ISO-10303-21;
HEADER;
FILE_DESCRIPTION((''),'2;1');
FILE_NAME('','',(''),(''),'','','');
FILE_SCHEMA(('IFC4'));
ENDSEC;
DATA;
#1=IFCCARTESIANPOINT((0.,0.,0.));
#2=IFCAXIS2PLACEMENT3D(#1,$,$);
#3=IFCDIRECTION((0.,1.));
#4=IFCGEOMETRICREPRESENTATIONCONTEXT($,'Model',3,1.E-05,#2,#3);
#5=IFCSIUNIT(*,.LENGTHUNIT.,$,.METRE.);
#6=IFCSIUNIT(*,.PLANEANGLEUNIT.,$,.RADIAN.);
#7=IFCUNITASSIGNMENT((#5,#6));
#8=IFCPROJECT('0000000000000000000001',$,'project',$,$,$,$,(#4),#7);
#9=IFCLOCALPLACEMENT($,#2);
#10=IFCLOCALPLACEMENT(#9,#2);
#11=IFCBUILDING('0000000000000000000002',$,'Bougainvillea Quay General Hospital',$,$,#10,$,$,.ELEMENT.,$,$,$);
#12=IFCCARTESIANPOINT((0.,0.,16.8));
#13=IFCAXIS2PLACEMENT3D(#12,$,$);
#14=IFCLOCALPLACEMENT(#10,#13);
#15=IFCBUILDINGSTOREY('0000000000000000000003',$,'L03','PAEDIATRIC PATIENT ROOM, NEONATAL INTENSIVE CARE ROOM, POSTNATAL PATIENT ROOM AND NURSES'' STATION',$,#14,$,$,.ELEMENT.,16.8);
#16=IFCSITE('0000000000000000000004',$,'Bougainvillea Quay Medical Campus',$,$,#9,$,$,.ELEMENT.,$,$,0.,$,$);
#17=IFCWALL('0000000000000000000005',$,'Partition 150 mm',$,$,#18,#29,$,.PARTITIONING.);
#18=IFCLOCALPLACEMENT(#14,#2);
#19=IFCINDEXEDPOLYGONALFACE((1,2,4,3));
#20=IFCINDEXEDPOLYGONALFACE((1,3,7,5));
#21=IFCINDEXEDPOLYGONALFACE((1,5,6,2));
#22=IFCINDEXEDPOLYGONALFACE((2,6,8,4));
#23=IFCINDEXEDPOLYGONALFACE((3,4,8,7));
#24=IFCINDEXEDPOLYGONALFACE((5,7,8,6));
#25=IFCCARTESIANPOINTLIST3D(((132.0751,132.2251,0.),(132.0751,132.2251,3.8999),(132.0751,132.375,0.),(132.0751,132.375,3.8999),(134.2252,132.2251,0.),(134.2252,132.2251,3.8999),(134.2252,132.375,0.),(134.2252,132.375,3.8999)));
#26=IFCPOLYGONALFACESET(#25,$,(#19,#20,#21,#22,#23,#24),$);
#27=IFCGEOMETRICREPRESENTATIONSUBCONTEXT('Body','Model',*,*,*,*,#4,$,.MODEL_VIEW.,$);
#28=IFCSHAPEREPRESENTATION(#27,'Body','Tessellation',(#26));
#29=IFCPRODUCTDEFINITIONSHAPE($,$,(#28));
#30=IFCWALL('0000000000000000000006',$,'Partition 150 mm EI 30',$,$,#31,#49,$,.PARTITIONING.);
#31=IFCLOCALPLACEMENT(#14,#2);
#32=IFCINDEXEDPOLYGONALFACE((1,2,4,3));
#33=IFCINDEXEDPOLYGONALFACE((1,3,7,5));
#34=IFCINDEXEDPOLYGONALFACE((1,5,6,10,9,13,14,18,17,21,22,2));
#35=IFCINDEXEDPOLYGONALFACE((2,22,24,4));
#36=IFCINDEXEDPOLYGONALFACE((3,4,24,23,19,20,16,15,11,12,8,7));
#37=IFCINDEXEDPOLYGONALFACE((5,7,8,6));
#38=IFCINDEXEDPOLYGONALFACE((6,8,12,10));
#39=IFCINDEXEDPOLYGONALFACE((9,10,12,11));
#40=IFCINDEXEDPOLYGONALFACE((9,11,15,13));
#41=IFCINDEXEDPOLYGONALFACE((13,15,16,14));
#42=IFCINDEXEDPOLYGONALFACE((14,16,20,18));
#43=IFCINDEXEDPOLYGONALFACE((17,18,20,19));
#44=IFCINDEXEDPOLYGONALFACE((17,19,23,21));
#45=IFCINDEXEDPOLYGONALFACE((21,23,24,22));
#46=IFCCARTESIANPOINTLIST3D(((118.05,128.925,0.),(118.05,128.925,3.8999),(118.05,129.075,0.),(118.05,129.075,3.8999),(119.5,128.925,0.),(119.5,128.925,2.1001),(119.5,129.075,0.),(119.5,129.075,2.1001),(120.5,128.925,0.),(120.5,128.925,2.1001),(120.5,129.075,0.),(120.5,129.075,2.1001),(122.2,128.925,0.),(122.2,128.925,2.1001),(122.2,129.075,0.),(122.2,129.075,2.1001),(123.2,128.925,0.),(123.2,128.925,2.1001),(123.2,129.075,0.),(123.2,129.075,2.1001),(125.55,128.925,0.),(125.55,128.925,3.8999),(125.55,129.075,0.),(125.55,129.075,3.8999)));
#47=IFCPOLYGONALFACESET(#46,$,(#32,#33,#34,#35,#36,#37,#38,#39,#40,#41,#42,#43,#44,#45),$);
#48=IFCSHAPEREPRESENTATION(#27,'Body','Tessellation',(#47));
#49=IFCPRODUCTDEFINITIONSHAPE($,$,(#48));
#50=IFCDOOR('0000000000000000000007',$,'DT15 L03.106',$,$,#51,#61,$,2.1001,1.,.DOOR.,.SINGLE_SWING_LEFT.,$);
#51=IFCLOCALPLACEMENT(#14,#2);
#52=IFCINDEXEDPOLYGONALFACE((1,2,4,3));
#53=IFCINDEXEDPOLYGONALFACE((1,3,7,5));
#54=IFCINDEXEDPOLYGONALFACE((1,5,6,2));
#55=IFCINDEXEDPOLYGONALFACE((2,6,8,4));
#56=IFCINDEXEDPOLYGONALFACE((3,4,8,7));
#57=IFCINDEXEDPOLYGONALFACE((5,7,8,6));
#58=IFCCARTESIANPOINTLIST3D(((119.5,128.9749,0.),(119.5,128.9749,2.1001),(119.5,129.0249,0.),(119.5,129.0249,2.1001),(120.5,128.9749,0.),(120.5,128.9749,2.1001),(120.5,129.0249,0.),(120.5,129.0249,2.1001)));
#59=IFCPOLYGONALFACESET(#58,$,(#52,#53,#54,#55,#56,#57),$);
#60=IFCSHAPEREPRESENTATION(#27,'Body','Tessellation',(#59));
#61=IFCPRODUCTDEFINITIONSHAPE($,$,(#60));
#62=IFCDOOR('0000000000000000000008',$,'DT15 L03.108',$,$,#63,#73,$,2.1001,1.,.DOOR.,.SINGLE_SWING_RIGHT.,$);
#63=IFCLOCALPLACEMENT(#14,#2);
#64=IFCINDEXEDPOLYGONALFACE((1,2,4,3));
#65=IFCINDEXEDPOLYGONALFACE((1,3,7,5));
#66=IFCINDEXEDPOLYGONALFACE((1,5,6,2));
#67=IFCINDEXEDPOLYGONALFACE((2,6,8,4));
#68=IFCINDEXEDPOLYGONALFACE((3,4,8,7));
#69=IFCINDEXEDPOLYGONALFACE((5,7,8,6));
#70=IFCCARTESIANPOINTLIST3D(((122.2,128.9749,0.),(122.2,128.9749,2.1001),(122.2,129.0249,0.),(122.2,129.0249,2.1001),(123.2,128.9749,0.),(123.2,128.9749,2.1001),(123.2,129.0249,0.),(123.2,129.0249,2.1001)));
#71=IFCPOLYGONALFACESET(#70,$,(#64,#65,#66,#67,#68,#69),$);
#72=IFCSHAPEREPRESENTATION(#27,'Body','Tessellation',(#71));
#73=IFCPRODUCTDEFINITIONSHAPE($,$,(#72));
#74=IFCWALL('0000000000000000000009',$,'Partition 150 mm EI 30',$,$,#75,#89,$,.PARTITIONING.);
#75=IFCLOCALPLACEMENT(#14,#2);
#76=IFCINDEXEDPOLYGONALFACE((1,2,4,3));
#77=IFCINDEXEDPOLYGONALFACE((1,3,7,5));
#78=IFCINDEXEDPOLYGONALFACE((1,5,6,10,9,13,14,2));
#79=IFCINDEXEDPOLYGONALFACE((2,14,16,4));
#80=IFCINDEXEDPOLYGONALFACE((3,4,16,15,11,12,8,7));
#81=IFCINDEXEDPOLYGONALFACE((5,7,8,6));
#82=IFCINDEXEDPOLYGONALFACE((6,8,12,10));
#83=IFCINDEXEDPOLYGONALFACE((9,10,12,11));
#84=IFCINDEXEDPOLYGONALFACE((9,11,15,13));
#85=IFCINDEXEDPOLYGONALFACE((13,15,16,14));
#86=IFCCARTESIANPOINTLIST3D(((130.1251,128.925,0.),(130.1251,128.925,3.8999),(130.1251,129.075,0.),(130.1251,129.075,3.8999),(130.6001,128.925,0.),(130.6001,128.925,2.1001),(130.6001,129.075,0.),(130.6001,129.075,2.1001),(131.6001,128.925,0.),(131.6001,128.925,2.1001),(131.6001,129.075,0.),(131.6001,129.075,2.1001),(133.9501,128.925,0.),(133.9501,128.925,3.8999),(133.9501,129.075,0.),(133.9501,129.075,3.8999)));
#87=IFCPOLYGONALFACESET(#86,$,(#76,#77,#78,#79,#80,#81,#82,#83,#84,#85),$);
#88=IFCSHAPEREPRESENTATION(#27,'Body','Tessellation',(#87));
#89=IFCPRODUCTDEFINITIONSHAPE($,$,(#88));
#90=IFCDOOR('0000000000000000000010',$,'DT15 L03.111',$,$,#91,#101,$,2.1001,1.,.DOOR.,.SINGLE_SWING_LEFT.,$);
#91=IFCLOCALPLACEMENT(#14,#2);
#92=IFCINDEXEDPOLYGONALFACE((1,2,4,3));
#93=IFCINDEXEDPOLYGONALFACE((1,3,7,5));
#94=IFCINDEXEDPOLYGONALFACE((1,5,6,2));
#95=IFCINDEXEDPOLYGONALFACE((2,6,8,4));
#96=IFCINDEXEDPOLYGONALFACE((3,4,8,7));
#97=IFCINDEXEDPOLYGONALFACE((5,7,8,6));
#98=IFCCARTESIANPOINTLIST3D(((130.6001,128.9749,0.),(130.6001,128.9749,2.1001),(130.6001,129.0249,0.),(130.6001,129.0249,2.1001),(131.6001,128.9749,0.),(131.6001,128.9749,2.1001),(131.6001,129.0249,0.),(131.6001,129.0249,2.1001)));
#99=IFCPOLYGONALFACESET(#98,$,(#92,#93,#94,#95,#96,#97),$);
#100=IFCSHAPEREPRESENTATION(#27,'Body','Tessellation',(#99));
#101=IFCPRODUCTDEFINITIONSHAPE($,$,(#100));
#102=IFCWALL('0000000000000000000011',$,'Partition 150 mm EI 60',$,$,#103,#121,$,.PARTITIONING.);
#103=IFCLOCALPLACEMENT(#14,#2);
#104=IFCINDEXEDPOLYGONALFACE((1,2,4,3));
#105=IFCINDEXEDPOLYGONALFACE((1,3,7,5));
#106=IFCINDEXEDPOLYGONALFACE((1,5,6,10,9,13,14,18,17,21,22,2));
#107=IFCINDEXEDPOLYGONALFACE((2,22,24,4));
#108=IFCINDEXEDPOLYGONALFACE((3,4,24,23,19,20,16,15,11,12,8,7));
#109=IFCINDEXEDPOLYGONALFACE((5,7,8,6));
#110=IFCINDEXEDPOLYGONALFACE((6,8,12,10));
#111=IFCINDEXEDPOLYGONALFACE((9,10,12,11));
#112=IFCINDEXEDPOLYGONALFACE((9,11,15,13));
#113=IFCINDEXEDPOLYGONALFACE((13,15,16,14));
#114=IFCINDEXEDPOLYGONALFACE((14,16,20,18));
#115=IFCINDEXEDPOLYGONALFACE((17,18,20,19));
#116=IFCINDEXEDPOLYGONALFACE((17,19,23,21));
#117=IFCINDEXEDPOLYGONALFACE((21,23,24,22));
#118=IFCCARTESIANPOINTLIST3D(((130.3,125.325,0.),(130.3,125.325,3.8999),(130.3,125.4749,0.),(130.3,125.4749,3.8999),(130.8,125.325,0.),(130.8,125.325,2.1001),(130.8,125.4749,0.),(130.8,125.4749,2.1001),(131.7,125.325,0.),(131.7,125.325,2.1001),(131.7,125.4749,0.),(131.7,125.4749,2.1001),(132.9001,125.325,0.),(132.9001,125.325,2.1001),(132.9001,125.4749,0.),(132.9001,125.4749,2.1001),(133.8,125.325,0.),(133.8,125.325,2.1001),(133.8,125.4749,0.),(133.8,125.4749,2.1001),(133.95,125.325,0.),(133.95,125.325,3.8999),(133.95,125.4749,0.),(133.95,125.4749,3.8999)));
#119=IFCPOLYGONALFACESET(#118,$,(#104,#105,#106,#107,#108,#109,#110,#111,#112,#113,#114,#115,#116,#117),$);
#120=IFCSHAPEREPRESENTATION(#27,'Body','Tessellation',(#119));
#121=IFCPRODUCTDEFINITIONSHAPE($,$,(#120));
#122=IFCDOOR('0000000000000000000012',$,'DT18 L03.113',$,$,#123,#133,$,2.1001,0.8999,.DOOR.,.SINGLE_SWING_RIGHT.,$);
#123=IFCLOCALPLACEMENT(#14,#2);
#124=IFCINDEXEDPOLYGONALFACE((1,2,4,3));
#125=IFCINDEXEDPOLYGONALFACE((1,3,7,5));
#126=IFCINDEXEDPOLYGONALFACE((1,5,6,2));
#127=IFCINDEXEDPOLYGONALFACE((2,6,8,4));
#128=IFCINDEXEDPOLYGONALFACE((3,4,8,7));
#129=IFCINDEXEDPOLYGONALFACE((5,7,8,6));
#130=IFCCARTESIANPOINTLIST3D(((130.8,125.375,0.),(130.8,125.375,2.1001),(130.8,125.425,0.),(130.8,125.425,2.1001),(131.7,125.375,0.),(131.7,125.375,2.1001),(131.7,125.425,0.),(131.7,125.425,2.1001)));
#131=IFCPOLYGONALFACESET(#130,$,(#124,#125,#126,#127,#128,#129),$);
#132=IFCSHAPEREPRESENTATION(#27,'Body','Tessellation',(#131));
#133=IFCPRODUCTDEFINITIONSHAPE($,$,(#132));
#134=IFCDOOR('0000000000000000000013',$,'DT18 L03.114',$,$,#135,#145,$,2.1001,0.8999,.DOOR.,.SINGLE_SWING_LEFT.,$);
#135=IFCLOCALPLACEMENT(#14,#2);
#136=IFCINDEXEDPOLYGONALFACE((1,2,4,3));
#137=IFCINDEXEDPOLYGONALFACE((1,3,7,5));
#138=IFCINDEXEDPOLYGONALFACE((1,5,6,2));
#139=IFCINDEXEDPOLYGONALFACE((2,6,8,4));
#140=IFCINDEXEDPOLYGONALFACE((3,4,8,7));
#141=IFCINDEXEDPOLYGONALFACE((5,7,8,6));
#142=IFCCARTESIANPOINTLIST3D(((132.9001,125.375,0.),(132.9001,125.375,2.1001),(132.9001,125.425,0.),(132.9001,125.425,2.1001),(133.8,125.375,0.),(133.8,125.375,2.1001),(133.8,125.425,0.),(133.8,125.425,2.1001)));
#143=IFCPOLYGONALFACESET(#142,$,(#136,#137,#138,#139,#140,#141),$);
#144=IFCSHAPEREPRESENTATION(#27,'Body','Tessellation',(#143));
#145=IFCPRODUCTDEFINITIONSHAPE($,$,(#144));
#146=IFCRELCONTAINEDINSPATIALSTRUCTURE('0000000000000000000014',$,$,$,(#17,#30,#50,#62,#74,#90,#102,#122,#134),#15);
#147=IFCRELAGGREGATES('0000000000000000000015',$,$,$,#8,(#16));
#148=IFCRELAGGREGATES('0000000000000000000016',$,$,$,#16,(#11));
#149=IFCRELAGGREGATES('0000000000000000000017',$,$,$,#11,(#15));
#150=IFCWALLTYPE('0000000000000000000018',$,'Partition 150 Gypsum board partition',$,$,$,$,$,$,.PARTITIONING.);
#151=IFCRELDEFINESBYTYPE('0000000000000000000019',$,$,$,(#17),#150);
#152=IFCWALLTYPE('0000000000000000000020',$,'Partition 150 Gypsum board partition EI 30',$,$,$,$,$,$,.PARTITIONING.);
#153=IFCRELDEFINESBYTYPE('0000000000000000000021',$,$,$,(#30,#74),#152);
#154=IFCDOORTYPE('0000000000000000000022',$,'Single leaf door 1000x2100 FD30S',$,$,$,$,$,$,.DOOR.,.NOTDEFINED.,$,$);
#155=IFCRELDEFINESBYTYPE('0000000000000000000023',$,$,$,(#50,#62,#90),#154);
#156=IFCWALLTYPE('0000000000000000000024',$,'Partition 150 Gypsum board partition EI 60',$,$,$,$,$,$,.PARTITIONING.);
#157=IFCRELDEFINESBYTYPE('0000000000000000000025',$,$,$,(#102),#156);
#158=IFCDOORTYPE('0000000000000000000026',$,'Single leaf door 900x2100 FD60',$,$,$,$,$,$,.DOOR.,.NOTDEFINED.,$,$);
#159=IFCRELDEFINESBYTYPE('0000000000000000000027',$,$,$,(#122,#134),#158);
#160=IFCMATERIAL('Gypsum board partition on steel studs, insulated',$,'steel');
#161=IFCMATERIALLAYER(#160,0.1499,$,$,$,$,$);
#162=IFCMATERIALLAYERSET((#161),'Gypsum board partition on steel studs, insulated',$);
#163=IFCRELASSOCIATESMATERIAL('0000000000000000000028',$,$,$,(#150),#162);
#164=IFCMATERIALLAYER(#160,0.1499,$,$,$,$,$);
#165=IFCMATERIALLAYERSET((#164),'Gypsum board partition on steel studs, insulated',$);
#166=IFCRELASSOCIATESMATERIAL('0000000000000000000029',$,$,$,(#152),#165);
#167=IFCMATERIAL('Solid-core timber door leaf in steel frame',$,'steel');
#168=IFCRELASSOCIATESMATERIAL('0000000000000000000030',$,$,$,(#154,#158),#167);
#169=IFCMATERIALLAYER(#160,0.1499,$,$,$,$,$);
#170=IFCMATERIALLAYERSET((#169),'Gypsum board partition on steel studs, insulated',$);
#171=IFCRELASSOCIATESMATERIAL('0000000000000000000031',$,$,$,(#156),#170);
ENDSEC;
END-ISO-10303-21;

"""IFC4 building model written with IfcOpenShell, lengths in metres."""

from ifc_helpers import new_model, si_unit, direction, frame, frame_2d, origin, place, context, subcontext, project, spatial, rectangle, extrude, material, layer, layer_set, type_object, element, fill, save


model = new_model("IFC4")

# Units and contexts
model_context = context("Model", 3, precision=1e-05, world=origin(), true_north=direction((0.0, 1.0)))
body_context = subcontext(model_context, "Body", "Model", "MODEL_VIEW")
ifc_project = project(units=[si_unit("LENGTHUNIT", "METRE"), si_unit("PLANEANGLEUNIT", "RADIAN")], contexts=[model_context])

# Site, building, storey
site_placement = place(None, origin())
site = spatial("IfcSite", under=ifc_project, at=site_placement, Name="Bougainvillea Quay Medical Campus", CompositionType="ELEMENT", RefElevation=0.0)
building_placement = place(site_placement, origin())
building = spatial("IfcBuilding", under=site, at=building_placement, Name="Bougainvillea Quay General Hospital", CompositionType="ELEMENT")
storey_placement = place(building_placement, frame((0.0, 0.0, 16.8)))
storey = spatial("IfcBuildingStorey", under=building, at=storey_placement, Name="L03", Description="PAEDIATRIC PATIENT ROOM, NEONATAL INTENSIVE CARE ROOM, POSTNATAL PATIENT ROOM AND NURSES' STATION", CompositionType="ELEMENT", Elevation=16.8)

# Shared definitions
ifc_material_1 = material(Name="Gypsum board partition on steel studs, insulated", Category="steel")
ifc_layer_1 = layer(ifc_material_1, 0.1499)
ifc_layer_set_1 = layer_set([ifc_layer_1], Name="Gypsum board partition on steel studs, insulated")
wall_type_1 = type_object("IfcWallType", Name="Partition 150 Gypsum board partition", PredefinedType="PARTITIONING", material=ifc_layer_set_1)

# Shared definitions
ifc_material_2 = material(Name="Solid-core timber door leaf in steel frame", Category="steel")

# Wall
wall_1_placement = place(storey_placement, frame((132.075, 132.3, 0.0), z_axis=(0.0, 0.0, 1.0), x_axis=(1.0, 0.0, 0.0)))
element("IfcWall", 1, at=wall_1_placement, inside=storey, type_object=wall_type_1, Name="Partition 150 mm", PredefinedType="PARTITIONING", context=body_context, shape_type="SweptSolid", body=[
    extrude(rectangle(XDim=2.1501, YDim=0.1499, at=frame_2d((1.0752, 0.0))), origin(), (0.0, 0.0, 1.0), 3.8999),
])

# Wall, openings, doors
ifc_layer_2 = layer(ifc_material_1, 0.1499)
ifc_layer_set_2 = layer_set([ifc_layer_2], Name="Gypsum board partition on steel studs, insulated")
wall_type_2 = type_object("IfcWallType", Name="Partition 150 Gypsum board partition EI 30", PredefinedType="PARTITIONING", material=ifc_layer_set_2)
wall_2_placement = place(storey_placement, frame((125.55, 129.0, 0.0), z_axis=(0.0, 0.0, 1.0), x_axis=(-1.0, 0.0, 0.0)))
wall_2 = element("IfcWall", 2, at=wall_2_placement, inside=storey, type_object=wall_type_2, Name="Partition 150 mm EI 30", PredefinedType="PARTITIONING", context=body_context, shape_type="SweptSolid", body=[
    extrude(rectangle(XDim=7.5, YDim=0.1499, at=frame_2d((3.75, 0.0))), origin(), (0.0, 0.0, 1.0), 3.8999),
])
opening_1_placement = place(wall_2_placement, frame((5.05, 0.0, 0.0)))
opening_1 = element("IfcOpeningElement", 3, at=opening_1_placement, cuts=wall_2, PredefinedType="OPENING", context=body_context, shape_type="SweptSolid", body=[
    extrude(rectangle(XDim=1.0, YDim=2.1001, at=frame_2d((0.5, 1.05))), frame((0.0, 0.085, 0.0), z_axis=(0.0, -1.0, 0.0), x_axis=(1.0, 0.0, 0.0)), (0.0, 0.0, 1.0), 0.1699),
])
opening_2_placement = place(wall_2_placement, frame((2.3501, 0.0, 0.0)))
opening_2 = element("IfcOpeningElement", 4, at=opening_2_placement, cuts=wall_2, PredefinedType="OPENING", context=body_context, shape_type="SweptSolid", body=[
    extrude(rectangle(XDim=1.0, YDim=2.1001, at=frame_2d((0.5, 1.05))), frame((0.0, 0.085, 0.0), z_axis=(0.0, -1.0, 0.0), x_axis=(1.0, 0.0, 0.0)), (0.0, 0.0, 1.0), 0.1699),
])
door_type_1 = type_object("IfcDoorType", Name="Single leaf door 1000x2100 FD30S", OperationType="NOTDEFINED", PredefinedType="DOOR", material=ifc_material_2)
door_1_placement = place(opening_1_placement, frame((1.0, 0.0, 0.0), z_axis=(0.0, 0.0, 1.0), x_axis=(-1.0, 0.0, 0.0)))
door_1 = element("IfcDoor", 5, at=door_1_placement, inside=storey, type_object=door_type_1, Name="DT15 L03.106", OperationType="SINGLE_SWING_LEFT", OverallHeight=2.1001, OverallWidth=1.0, PredefinedType="DOOR", context=body_context, shape_type="SweptSolid", body=[
    extrude(rectangle(XDim=1.0, YDim=2.1001, at=frame_2d((0.5, 1.05))), frame((0.0, 0.0249, 0.0), z_axis=(0.0, -1.0, 0.0), x_axis=(1.0, 0.0, 0.0)), (0.0, 0.0, 1.0), 0.05),
])
fill(opening_1, door_1)
door_2_placement = place(opening_2_placement, frame((1.0, 0.0, 0.0), z_axis=(0.0, 0.0, 1.0), x_axis=(-1.0, 0.0, 0.0)))
door_2 = element("IfcDoor", 6, at=door_2_placement, inside=storey, type_object=door_type_1, Name="DT15 L03.108", OperationType="SINGLE_SWING_RIGHT", OverallHeight=2.1001, OverallWidth=1.0, PredefinedType="DOOR", context=body_context, shape_type="SweptSolid", body=[
    extrude(rectangle(XDim=1.0, YDim=2.1001, at=frame_2d((0.5, 1.05))), frame((0.0, 0.0249, 0.0), z_axis=(0.0, -1.0, 0.0), x_axis=(1.0, 0.0, 0.0)), (0.0, 0.0, 1.0), 0.05),
])
fill(opening_2, door_2)

# Wall, opening, door
wall_3_placement = place(storey_placement, frame((130.125, 129.0, 0.0), z_axis=(0.0, 0.0, 1.0), x_axis=(1.0, 0.0, 0.0)))
wall_3 = element("IfcWall", 7, at=wall_3_placement, inside=storey, type_object=wall_type_2, Name="Partition 150 mm EI 30", PredefinedType="PARTITIONING", context=body_context, shape_type="SweptSolid", body=[
    extrude(rectangle(XDim=3.825, YDim=0.1499, at=frame_2d((1.9126, 0.0))), origin(), (0.0, 0.0, 1.0), 3.8999),
])
opening_3_placement = place(wall_3_placement, frame((0.4751, 0.0, 0.0)))
opening_3 = element("IfcOpeningElement", 8, at=opening_3_placement, cuts=wall_3, PredefinedType="OPENING", context=body_context, shape_type="SweptSolid", body=[
    extrude(rectangle(XDim=1.0, YDim=2.1001, at=frame_2d((0.5, 1.05))), frame((0.0, 0.085, 0.0), z_axis=(0.0, -1.0, 0.0), x_axis=(1.0, 0.0, 0.0)), (0.0, 0.0, 1.0), 0.1699),
])
door_3_placement = place(opening_3_placement, origin())
door_3 = element("IfcDoor", 9, at=door_3_placement, inside=storey, type_object=door_type_1, Name="DT15 L03.111", OperationType="SINGLE_SWING_LEFT", OverallHeight=2.1001, OverallWidth=1.0, PredefinedType="DOOR", context=body_context, shape_type="SweptSolid", body=[
    extrude(rectangle(XDim=1.0, YDim=2.1001, at=frame_2d((0.5, 1.05))), frame((0.0, 0.0249, 0.0), z_axis=(0.0, -1.0, 0.0), x_axis=(1.0, 0.0, 0.0)), (0.0, 0.0, 1.0), 0.05),
])
fill(opening_3, door_3)

# Wall, openings, doors
ifc_layer_3 = layer(ifc_material_1, 0.1499)
ifc_layer_set_3 = layer_set([ifc_layer_3], Name="Gypsum board partition on steel studs, insulated")
wall_type_3 = type_object("IfcWallType", Name="Partition 150 Gypsum board partition EI 60", PredefinedType="PARTITIONING", material=ifc_layer_set_3)
wall_4_placement = place(storey_placement, frame((130.3, 125.3999, 0.0), z_axis=(0.0, 0.0, 1.0), x_axis=(1.0, 0.0, 0.0)))
wall_4 = element("IfcWall", 10, at=wall_4_placement, inside=storey, type_object=wall_type_3, Name="Partition 150 mm EI 60", PredefinedType="PARTITIONING", context=body_context, shape_type="SweptSolid", body=[
    extrude(rectangle(XDim=3.6499, YDim=0.1499, at=frame_2d((1.825, 0.0))), origin(), (0.0, 0.0, 1.0), 3.8999),
])
opening_4_placement = place(wall_4_placement, frame((0.5, 0.0, 0.0)))
opening_4 = element("IfcOpeningElement", 11, at=opening_4_placement, cuts=wall_4, PredefinedType="OPENING", context=body_context, shape_type="SweptSolid", body=[
    extrude(rectangle(XDim=0.8999, YDim=2.1001, at=frame_2d((0.45, 1.05))), frame((0.0, 0.085, 0.0), z_axis=(0.0, -1.0, 0.0), x_axis=(1.0, 0.0, 0.0)), (0.0, 0.0, 1.0), 0.1699),
])
opening_5_placement = place(wall_4_placement, frame((2.6001, 0.0, 0.0)))
opening_5 = element("IfcOpeningElement", 12, at=opening_5_placement, cuts=wall_4, PredefinedType="OPENING", context=body_context, shape_type="SweptSolid", body=[
    extrude(rectangle(XDim=0.8999, YDim=2.1001, at=frame_2d((0.45, 1.05))), frame((0.0, 0.085, 0.0), z_axis=(0.0, -1.0, 0.0), x_axis=(1.0, 0.0, 0.0)), (0.0, 0.0, 1.0), 0.1699),
])
door_type_2 = type_object("IfcDoorType", Name="Single leaf door 900x2100 FD60", OperationType="NOTDEFINED", PredefinedType="DOOR", material=ifc_material_2)
door_4_placement = place(opening_4_placement, frame((0.8999, 0.0, 0.0), z_axis=(0.0, 0.0, 1.0), x_axis=(-1.0, 0.0, 0.0)))
door_4 = element("IfcDoor", 13, at=door_4_placement, inside=storey, type_object=door_type_2, Name="DT18 L03.113", OperationType="SINGLE_SWING_RIGHT", OverallHeight=2.1001, OverallWidth=0.8999, PredefinedType="DOOR", context=body_context, shape_type="SweptSolid", body=[
    extrude(rectangle(XDim=0.8999, YDim=2.1001, at=frame_2d((0.45, 1.05))), frame((0.0, 0.0249, 0.0), z_axis=(0.0, -1.0, 0.0), x_axis=(1.0, 0.0, 0.0)), (0.0, 0.0, 1.0), 0.05),
])
fill(opening_4, door_4)
door_5_placement = place(opening_5_placement, frame((0.8999, 0.0, 0.0), z_axis=(0.0, 0.0, 1.0), x_axis=(-1.0, 0.0, 0.0)))
door_5 = element("IfcDoor", 14, at=door_5_placement, inside=storey, type_object=door_type_2, Name="DT18 L03.114", OperationType="SINGLE_SWING_LEFT", OverallHeight=2.1001, OverallWidth=0.8999, PredefinedType="DOOR", context=body_context, shape_type="SweptSolid", body=[
    extrude(rectangle(XDim=0.8999, YDim=2.1001, at=frame_2d((0.45, 1.05))), frame((0.0, 0.0249, 0.0), z_axis=(0.0, -1.0, 0.0), x_axis=(1.0, 0.0, 0.0)), (0.0, 0.0, 1.0), 0.05),
])
fill(opening_5, door_5)

save(model, "model.ifc")
